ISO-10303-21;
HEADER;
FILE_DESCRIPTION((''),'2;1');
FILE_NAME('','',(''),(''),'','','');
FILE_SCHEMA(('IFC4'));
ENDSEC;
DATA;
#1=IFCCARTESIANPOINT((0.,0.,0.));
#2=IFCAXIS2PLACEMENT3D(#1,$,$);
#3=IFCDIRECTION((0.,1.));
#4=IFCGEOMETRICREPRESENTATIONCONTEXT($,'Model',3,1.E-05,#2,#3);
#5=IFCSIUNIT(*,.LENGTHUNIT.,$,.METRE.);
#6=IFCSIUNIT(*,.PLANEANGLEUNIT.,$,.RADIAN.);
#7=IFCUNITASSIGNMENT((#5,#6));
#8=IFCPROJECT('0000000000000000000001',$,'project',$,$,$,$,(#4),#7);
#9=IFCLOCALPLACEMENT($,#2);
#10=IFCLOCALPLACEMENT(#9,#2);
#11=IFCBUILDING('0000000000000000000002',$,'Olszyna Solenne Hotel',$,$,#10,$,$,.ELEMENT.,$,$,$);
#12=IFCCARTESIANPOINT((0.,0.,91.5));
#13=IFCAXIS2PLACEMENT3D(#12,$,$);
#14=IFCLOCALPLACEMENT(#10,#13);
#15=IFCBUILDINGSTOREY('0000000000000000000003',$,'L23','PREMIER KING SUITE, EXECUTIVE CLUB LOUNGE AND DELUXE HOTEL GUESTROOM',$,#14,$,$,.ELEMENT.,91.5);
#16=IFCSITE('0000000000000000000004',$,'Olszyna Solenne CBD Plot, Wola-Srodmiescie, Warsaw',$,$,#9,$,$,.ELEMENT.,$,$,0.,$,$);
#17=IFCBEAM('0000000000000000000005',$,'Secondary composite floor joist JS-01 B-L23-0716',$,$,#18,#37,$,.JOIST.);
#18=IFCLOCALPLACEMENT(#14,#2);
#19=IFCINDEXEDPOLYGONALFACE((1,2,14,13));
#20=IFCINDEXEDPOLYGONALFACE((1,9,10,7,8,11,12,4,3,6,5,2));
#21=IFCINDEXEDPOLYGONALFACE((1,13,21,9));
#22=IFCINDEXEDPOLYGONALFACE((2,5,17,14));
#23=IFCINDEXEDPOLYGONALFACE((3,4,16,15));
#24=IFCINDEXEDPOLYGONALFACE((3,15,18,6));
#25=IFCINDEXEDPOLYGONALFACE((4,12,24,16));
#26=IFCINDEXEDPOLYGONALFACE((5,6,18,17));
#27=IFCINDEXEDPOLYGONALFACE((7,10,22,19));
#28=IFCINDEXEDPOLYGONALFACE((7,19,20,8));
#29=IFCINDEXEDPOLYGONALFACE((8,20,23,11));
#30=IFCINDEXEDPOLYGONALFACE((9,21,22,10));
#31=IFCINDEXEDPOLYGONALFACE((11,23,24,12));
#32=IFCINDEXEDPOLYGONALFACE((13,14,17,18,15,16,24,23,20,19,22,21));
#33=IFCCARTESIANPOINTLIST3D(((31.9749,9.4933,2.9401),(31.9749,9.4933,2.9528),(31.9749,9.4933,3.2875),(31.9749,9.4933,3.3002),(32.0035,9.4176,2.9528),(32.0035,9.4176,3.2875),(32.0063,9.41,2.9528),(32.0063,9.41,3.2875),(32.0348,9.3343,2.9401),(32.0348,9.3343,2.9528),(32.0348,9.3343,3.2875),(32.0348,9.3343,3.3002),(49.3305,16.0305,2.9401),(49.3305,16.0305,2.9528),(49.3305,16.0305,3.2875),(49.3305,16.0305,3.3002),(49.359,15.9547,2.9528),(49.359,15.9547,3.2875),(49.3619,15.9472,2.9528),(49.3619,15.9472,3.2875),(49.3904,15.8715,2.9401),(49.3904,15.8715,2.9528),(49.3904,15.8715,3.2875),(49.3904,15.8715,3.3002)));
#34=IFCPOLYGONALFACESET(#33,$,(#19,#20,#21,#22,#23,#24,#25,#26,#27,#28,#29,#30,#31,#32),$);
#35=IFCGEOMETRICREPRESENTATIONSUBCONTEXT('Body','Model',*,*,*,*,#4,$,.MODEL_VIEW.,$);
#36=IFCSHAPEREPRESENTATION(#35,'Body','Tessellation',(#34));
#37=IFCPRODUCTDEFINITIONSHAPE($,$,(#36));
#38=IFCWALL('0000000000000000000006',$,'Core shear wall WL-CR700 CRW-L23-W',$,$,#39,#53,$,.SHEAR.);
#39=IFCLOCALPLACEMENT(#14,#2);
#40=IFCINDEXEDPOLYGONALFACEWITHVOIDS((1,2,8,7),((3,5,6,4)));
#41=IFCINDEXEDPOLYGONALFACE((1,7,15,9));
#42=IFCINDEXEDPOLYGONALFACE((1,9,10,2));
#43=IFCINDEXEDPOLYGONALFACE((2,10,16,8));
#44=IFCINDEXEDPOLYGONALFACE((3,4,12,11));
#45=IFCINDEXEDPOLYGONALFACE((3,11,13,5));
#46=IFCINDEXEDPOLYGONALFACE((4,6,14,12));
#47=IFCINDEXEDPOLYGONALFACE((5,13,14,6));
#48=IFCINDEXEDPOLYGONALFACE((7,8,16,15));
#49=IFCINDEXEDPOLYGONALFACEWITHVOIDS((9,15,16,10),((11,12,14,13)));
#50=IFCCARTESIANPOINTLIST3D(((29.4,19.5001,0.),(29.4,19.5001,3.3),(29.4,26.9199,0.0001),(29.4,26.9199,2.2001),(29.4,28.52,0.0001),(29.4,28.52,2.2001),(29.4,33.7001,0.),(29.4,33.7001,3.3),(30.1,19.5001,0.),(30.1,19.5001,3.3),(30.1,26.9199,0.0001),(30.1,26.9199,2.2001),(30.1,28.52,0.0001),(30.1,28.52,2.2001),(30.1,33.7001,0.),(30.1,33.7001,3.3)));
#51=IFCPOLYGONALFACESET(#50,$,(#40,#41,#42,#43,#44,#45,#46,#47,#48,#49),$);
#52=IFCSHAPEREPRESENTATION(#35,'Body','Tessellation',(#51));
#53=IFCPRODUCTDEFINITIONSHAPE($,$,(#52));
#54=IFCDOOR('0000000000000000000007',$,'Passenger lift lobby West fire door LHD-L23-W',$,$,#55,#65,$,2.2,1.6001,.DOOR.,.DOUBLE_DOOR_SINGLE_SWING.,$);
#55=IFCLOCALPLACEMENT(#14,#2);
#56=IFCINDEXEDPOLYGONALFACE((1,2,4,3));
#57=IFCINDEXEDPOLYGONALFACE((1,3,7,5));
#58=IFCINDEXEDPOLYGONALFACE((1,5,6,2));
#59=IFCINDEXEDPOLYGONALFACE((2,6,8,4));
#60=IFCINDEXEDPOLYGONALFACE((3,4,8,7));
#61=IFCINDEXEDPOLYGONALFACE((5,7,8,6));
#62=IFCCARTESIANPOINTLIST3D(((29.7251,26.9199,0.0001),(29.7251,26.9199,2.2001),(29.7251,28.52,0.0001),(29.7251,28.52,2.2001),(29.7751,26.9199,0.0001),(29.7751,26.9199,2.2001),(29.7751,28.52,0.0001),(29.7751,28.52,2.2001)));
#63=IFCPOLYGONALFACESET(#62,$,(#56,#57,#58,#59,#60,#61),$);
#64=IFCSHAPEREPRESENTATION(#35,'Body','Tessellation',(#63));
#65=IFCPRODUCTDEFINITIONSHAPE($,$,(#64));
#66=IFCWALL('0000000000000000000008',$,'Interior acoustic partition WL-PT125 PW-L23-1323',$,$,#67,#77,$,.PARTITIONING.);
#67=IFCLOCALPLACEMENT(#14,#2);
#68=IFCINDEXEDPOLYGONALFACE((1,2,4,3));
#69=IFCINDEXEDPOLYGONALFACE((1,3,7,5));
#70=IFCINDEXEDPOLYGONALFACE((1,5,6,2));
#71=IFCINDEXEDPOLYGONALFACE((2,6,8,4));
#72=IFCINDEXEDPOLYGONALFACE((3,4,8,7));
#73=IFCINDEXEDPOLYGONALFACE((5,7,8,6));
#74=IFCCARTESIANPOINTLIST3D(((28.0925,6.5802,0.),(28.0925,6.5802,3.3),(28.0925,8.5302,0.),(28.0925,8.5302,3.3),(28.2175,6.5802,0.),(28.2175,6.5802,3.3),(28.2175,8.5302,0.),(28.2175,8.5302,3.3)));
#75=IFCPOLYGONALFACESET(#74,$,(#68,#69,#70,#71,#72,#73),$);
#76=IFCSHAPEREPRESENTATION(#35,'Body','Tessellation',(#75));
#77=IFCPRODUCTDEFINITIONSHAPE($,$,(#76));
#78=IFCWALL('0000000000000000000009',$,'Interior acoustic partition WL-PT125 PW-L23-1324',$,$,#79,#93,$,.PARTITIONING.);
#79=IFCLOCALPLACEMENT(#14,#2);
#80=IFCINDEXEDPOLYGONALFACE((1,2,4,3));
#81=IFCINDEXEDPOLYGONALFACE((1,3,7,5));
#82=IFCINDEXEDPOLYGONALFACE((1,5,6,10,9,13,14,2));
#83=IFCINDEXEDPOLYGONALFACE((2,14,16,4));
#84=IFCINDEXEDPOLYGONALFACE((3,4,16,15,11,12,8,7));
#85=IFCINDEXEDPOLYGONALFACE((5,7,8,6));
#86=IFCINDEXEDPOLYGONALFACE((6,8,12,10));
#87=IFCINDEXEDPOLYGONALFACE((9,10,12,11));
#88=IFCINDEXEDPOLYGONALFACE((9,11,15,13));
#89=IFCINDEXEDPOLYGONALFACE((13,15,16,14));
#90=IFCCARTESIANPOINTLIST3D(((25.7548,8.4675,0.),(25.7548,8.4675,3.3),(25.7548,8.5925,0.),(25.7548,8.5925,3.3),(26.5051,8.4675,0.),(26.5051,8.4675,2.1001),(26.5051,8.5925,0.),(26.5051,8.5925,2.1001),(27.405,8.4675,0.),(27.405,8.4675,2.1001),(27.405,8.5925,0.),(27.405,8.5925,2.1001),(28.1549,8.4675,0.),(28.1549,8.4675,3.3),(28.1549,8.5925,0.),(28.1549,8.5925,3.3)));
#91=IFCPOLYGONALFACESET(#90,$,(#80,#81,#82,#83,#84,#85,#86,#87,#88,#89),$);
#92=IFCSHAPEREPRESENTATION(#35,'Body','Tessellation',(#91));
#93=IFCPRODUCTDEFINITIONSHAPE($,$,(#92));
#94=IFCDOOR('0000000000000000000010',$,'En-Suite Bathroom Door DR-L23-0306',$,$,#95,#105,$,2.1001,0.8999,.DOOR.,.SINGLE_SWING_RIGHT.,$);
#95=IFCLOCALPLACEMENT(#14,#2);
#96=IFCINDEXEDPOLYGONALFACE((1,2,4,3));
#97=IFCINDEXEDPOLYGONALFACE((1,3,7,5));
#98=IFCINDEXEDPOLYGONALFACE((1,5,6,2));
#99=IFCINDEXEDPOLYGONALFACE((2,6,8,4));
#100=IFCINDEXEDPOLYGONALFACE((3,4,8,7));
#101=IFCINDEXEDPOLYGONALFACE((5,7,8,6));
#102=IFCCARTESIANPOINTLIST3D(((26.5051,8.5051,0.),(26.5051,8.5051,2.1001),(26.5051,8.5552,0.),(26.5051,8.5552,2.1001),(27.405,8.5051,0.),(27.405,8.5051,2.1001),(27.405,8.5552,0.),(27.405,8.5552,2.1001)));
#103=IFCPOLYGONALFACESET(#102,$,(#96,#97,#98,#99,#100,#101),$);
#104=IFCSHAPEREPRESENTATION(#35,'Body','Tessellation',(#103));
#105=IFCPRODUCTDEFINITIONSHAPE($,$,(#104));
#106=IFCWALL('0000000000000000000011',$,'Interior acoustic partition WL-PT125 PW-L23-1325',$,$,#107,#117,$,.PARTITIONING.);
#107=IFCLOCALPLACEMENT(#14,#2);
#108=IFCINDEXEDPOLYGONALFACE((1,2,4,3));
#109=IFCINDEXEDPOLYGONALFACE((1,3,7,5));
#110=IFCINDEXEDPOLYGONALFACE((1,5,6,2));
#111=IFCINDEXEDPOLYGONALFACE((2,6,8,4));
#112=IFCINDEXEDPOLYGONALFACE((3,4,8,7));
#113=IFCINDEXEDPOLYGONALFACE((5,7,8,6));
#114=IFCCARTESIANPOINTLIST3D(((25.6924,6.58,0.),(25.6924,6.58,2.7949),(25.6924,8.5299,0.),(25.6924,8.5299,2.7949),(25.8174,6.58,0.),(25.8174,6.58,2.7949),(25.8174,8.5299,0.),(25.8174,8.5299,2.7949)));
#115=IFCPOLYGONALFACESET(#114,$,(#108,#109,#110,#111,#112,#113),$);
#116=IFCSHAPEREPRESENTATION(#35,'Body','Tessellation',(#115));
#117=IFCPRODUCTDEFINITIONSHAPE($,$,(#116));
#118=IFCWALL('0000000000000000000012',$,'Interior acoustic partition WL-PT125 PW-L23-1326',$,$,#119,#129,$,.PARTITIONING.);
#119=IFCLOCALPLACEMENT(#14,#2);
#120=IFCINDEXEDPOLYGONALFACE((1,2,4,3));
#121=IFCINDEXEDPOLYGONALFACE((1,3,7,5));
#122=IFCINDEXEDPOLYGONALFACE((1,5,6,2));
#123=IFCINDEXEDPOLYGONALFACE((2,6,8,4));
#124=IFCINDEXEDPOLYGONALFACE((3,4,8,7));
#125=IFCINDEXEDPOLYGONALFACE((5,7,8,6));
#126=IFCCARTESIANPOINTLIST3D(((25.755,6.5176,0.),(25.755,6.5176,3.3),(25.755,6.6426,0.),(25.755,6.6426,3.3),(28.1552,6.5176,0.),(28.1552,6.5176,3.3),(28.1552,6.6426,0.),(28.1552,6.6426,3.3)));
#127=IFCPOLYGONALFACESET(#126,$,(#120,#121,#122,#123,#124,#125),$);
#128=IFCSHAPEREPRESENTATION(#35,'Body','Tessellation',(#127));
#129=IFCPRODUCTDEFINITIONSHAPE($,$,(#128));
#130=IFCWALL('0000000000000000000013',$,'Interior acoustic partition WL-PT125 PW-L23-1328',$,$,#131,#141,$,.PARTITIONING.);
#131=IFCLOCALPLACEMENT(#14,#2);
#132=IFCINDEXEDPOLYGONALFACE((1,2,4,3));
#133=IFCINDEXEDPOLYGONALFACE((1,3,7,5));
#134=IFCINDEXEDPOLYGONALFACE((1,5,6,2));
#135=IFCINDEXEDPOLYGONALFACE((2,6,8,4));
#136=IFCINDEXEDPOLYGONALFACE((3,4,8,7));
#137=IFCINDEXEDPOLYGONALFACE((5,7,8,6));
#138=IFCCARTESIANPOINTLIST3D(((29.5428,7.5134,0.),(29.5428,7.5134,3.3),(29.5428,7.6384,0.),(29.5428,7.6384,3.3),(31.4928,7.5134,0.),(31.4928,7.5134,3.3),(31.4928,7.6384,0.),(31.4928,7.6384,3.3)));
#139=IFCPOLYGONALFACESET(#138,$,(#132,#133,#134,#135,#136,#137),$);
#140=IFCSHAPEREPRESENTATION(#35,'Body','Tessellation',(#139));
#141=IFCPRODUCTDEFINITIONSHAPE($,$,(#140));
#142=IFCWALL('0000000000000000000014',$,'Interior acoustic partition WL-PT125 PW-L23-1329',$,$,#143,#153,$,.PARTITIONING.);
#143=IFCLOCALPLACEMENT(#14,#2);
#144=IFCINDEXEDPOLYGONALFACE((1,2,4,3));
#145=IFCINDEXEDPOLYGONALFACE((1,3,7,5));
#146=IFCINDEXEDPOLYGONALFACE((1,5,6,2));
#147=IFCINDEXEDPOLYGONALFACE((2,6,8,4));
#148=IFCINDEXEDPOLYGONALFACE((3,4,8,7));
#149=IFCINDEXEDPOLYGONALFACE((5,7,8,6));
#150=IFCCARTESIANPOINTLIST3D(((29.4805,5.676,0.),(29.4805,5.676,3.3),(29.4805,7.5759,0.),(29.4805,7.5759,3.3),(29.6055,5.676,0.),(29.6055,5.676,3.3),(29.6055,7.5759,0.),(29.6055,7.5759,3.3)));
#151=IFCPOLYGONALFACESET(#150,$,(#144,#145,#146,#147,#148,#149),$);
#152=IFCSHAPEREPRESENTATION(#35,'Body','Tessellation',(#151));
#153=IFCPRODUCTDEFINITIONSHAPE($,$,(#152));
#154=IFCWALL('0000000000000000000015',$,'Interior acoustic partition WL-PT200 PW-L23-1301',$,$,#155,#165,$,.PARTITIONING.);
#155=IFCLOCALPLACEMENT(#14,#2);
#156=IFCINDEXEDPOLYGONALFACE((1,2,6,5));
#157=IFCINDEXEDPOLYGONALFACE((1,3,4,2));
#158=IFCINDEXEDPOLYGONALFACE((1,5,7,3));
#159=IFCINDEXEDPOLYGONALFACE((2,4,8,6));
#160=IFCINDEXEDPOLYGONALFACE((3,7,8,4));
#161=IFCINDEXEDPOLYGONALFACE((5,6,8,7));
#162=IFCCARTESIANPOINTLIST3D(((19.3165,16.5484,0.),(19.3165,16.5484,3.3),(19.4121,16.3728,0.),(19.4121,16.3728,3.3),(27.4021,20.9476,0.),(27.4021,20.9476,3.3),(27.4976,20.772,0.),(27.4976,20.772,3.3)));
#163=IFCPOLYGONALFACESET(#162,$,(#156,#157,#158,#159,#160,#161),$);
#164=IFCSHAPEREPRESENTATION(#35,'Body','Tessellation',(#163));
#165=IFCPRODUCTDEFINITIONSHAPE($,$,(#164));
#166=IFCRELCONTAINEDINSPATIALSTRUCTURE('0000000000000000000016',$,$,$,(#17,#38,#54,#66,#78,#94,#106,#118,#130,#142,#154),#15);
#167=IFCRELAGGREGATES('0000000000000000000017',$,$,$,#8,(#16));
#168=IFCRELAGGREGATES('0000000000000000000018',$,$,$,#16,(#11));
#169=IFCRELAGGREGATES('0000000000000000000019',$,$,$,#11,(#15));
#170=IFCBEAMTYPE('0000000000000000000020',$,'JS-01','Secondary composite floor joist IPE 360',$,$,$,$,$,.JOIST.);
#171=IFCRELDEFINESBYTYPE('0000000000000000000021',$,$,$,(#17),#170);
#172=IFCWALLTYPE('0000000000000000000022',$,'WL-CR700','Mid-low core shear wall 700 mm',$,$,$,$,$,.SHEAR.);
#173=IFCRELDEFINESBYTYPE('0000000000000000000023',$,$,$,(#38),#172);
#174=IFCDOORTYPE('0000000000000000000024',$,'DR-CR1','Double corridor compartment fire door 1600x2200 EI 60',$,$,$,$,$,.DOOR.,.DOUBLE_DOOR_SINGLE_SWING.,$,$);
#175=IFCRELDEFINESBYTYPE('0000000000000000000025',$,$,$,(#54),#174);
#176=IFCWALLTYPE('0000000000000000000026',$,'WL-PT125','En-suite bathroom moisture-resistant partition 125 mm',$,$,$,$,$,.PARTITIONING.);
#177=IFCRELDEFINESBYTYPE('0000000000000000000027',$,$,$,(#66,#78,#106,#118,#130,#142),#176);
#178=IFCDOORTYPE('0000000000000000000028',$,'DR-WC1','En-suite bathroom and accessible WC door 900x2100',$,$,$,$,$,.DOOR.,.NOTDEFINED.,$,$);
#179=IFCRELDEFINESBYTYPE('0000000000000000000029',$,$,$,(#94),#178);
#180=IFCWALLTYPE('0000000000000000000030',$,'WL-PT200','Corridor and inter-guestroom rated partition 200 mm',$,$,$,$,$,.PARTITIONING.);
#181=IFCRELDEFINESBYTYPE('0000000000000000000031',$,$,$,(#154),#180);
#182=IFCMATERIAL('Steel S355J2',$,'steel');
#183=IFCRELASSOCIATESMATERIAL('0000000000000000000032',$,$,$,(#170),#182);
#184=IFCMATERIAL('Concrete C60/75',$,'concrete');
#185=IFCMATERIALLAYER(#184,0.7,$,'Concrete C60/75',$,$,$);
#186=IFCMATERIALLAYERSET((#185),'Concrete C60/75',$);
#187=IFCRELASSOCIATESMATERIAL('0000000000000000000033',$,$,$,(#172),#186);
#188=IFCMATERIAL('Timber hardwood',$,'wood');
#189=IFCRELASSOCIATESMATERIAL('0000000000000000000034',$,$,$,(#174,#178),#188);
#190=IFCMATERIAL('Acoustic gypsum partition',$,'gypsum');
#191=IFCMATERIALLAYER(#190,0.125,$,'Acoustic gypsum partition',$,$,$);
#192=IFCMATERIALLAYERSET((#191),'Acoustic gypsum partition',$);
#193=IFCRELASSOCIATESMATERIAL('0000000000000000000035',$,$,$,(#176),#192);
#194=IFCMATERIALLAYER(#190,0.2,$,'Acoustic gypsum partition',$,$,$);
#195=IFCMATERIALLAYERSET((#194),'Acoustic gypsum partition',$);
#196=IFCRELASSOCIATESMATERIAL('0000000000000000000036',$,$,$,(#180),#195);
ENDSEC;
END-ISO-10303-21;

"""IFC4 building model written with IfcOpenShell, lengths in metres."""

from ifc_helpers import new_model, si_unit, direction, frame, frame_2d, origin, origin_2d, place, context, subcontext, project, spatial, rectangle, i_section, extrude, source, transform, mapped, material, layer, layer_set, material_profile, profile_set, type_object, type_shapes, element, fill, save


model = new_model("IFC4")

# Units and contexts
model_context = context("Model", 3, precision=1e-05, world=origin(), true_north=direction((0.0, 1.0)))
body_context = subcontext(model_context, "Body", "Model", "MODEL_VIEW")
ifc_project = project(units=[si_unit("LENGTHUNIT", "METRE"), si_unit("PLANEANGLEUNIT", "RADIAN")], contexts=[model_context])

# Site, building, storey
site_placement = place(None, origin())
site = spatial("IfcSite", under=ifc_project, at=site_placement, Name="Olszyna Solenne CBD Plot, Wola-Srodmiescie, Warsaw", CompositionType="ELEMENT", RefElevation=0.0)
building_placement = place(site_placement, origin())
building = spatial("IfcBuilding", under=site, at=building_placement, Name="Olszyna Solenne Hotel", CompositionType="ELEMENT")
storey_placement = place(building_placement, frame((0.0, 0.0, 91.5)))
storey = spatial("IfcBuildingStorey", under=building, at=storey_placement, Name="L23", Description="PREMIER KING SUITE, EXECUTIVE CLUB LOUNGE AND DELUXE HOTEL GUESTROOM", CompositionType="ELEMENT", Elevation=91.5)

# Beam
ifc_material_1 = material(Name="Steel S355J2", Category="steel")
ifc_material_profile = material_profile(ifc_material_1, i_section(OverallWidth=0.1699, OverallDepth=0.3601, WebThickness=0.0081, FlangeThickness=0.0127, at=origin_2d()), Name="IPE 360", Category="load-bearing")
ifc_profile_set = profile_set([ifc_material_profile], Name="Steel S355J2")
beam_type = type_object("IfcBeamType", Name="JS-01", Description="Secondary composite floor joist IPE 360", PredefinedType="JOIST", material=ifc_profile_set)
shared_shape_1 = source(origin(), body_context, "Body", "SweptSolid", [
    extrude(i_section(OverallWidth=0.1699, OverallDepth=0.3601, WebThickness=0.0081, FlangeThickness=0.0127, at=origin_2d()), origin(), (0.0, 0.0, 1.0), 18.5459),
])
beam_placement = place(storey_placement, frame((32.0049, 9.4138, 3.1201), z_axis=(0.935817, 0.352485, 0.0), x_axis=(-0.352485, 0.935817, 0.0)))
element("IfcBeam", 1, at=beam_placement, inside=storey, type_object=beam_type, Name="Secondary composite floor joist JS-01 B-L23-0716", PredefinedType="JOIST", context=body_context, shape_type="MappedRepresentation", body=[
    mapped(shared_shape_1, transform((0.0, 0.0, 0.0), x_axis=(1.0, 0.0, 0.0), y_axis=(0.0, 1.0, 0.0), z_axis=(0.0, 0.0, 1.0), scale=1.0)),
])

# Wall, opening, door
ifc_material_2 = material(Name="Concrete C60/75", Category="concrete")
ifc_layer_1 = layer(ifc_material_2, 0.7, Name="Concrete C60/75")
ifc_layer_set_1 = layer_set([ifc_layer_1], Name="Concrete C60/75")
wall_type_1 = type_object("IfcWallType", Name="WL-CR700", Description="Mid-low core shear wall 700 mm", PredefinedType="SHEAR", material=ifc_layer_set_1)
wall_1_placement = place(storey_placement, frame((29.75, 19.5, 0.0), z_axis=(0.0, 0.0, 1.0), x_axis=(0.0, 1.0, 0.0)))
wall_1 = element("IfcWall", 2, at=wall_1_placement, inside=storey, type_object=wall_type_1, Name="Core shear wall WL-CR700 CRW-L23-W", PredefinedType="SHEAR", context=body_context, shape_type="SweptSolid", body=[
    extrude(rectangle(XDim=14.2, YDim=0.7, at=frame_2d((7.1001, 0.0))), origin(), (0.0, 0.0, 1.0), 3.3),
])
opening_1_placement = place(wall_1_placement, frame((7.4199, 0.0, 0.0)))
opening_1 = element("IfcOpeningElement", 3, at=opening_1_placement, cuts=wall_1, PredefinedType="OPENING", context=body_context, shape_type="SweptSolid", body=[
    extrude(rectangle(XDim=1.6001, YDim=2.2, at=frame_2d((0.8, 1.1001))), frame((0.0, 0.3599, 0.0), z_axis=(0.0, -1.0, 0.0), x_axis=(1.0, 0.0, 0.0)), (0.0, 0.0, 1.0), 0.72),
])
ifc_material_3 = material(Name="Timber hardwood", Category="wood")
door_type_1 = type_object("IfcDoorType", Name="DR-CR1", Description="Double corridor compartment fire door 1600x2200 EI 60", OperationType="DOUBLE_DOOR_SINGLE_SWING", PredefinedType="DOOR", material=ifc_material_3)
shared_shape_2 = source(origin(), body_context, "Body", "SweptSolid", [
    extrude(rectangle(XDim=1.6001, YDim=2.2, at=frame_2d((0.8, 1.1001))), frame((0.0, 0.0249, 0.0), z_axis=(0.0, -1.0, 0.0), x_axis=(1.0, 0.0, 0.0)), (0.0, 0.0, 1.0), 0.05),
])
type_shapes(door_type_1, [shared_shape_2])
door_1_placement = place(opening_1_placement, origin())
door_1 = element("IfcDoor", 4, at=door_1_placement, inside=storey, type_object=door_type_1, Name="Passenger lift lobby West fire door LHD-L23-W", OperationType="DOUBLE_DOOR_SINGLE_SWING", OverallHeight=2.2, OverallWidth=1.6001, PredefinedType="DOOR", context=body_context, shape_type="MappedRepresentation", body=[
    mapped(shared_shape_2, transform((0.0, 0.0, 0.0), x_axis=(1.0, 0.0, 0.0), y_axis=(0.0, 1.0, 0.0), z_axis=(0.0, 0.0, 1.0), scale=1.0)),
])
fill(opening_1, door_1)

# Wall
ifc_material_4 = material(Name="Acoustic gypsum partition", Category="gypsum")
ifc_layer_2 = layer(ifc_material_4, 0.125, Name="Acoustic gypsum partition")
ifc_layer_set_2 = layer_set([ifc_layer_2], Name="Acoustic gypsum partition")
wall_type_2 = type_object("IfcWallType", Name="WL-PT125", Description="En-suite bathroom moisture-resistant partition 125 mm", PredefinedType="PARTITIONING", material=ifc_layer_set_2)
wall_2_placement = place(storey_placement, frame((28.155, 6.5801, 0.0), z_axis=(0.0, 0.0, 1.0), x_axis=(0.0, 1.0, 0.0)))
element("IfcWall", 5, at=wall_2_placement, inside=storey, type_object=wall_type_2, Name="Interior acoustic partition WL-PT125 PW-L23-1323", PredefinedType="PARTITIONING", context=body_context, shape_type="SweptSolid", body=[
    extrude(rectangle(XDim=1.95, YDim=0.125, at=frame_2d((0.9751, 0.0))), origin(), (0.0, 0.0, 1.0), 3.3),
])

# Wall, opening, door
wall_3_placement = place(storey_placement, frame((28.155, 8.53, 0.0), z_axis=(0.0, 0.0, 1.0), x_axis=(-1.0, 0.0, 0.0)))
wall_3 = element("IfcWall", 6, at=wall_3_placement, inside=storey, type_object=wall_type_2, Name="Interior acoustic partition WL-PT125 PW-L23-1324", PredefinedType="PARTITIONING", context=body_context, shape_type="SweptSolid", body=[
    extrude(rectangle(XDim=2.4001, YDim=0.125, at=frame_2d((1.2002, 0.0))), origin(), (0.0, 0.0, 1.0), 3.3),
])
opening_2_placement = place(wall_3_placement, frame((0.75, 0.0, 0.0)))
opening_2 = element("IfcOpeningElement", 7, at=opening_2_placement, cuts=wall_3, PredefinedType="OPENING", context=body_context, shape_type="SweptSolid", body=[
    extrude(rectangle(XDim=0.8999, YDim=2.1001, at=frame_2d((0.45, 1.05))), frame((0.0, 0.0725, 0.0), z_axis=(0.0, -1.0, 0.0), x_axis=(1.0, 0.0, 0.0)), (0.0, 0.0, 1.0), 0.145),
])
door_type_2 = type_object("IfcDoorType", Name="DR-WC1", Description="En-suite bathroom and accessible WC door 900x2100", OperationType="NOTDEFINED", PredefinedType="DOOR", material=ifc_material_3)
shared_shape_3 = source(origin(), body_context, "Body", "SweptSolid", [
    extrude(rectangle(XDim=0.8999, YDim=2.1001, at=frame_2d((0.45, 1.05))), frame((0.0, 0.0249, 0.0), z_axis=(0.0, -1.0, 0.0), x_axis=(1.0, 0.0, 0.0)), (0.0, 0.0, 1.0), 0.05),
])
type_shapes(door_type_2, [shared_shape_3])
door_2_placement = place(opening_2_placement, origin())
door_2 = element("IfcDoor", 8, at=door_2_placement, inside=storey, type_object=door_type_2, Name="En-Suite Bathroom Door DR-L23-0306", OperationType="SINGLE_SWING_RIGHT", OverallHeight=2.1001, OverallWidth=0.8999, PredefinedType="DOOR", context=body_context, shape_type="MappedRepresentation", body=[
    mapped(shared_shape_3, transform((0.0, 0.0, 0.0), x_axis=(1.0, 0.0, 0.0), y_axis=(0.0, 1.0, 0.0), z_axis=(0.0, 0.0, 1.0), scale=1.0)),
])
fill(opening_2, door_2)

# Walls
wall_4_placement = place(storey_placement, frame((25.7549, 8.53, 0.0), z_axis=(0.0, 0.0, 1.0), x_axis=(0.0, -1.0, 0.0)))
element("IfcWall", 9, at=wall_4_placement, inside=storey, type_object=wall_type_2, Name="Interior acoustic partition WL-PT125 PW-L23-1325", PredefinedType="PARTITIONING", context=body_context, shape_type="SweptSolid", body=[
    extrude(rectangle(XDim=1.95, YDim=0.125, at=frame_2d((0.9751, 0.0))), origin(), (0.0, 0.0, 1.0), 2.7949),
])
wall_5_placement = place(storey_placement, frame((25.7549, 6.5801, 0.0), z_axis=(0.0, 0.0, 1.0), x_axis=(1.0, 0.0, 0.0)))
element("IfcWall", 10, at=wall_5_placement, inside=storey, type_object=wall_type_2, Name="Interior acoustic partition WL-PT125 PW-L23-1326", PredefinedType="PARTITIONING", context=body_context, shape_type="SweptSolid", body=[
    extrude(rectangle(XDim=2.4001, YDim=0.125, at=frame_2d((1.2002, 0.0))), origin(), (0.0, 0.0, 1.0), 3.3),
])
wall_6_placement = place(storey_placement, frame((31.4929, 7.5759, 0.0), z_axis=(0.0, 0.0, 1.0), x_axis=(-1.0, 0.0, 0.0)))
element("IfcWall", 11, at=wall_6_placement, inside=storey, type_object=wall_type_2, Name="Interior acoustic partition WL-PT125 PW-L23-1328", PredefinedType="PARTITIONING", context=body_context, shape_type="SweptSolid", body=[
    extrude(rectangle(XDim=1.95, YDim=0.125, at=frame_2d((0.9751, 0.0))), origin(), (0.0, 0.0, 1.0), 3.3),
])
wall_7_placement = place(storey_placement, frame((29.543, 7.5759, 0.0), z_axis=(0.0, 0.0, 1.0), x_axis=(0.0, -1.0, 0.0)))
element("IfcWall", 12, at=wall_7_placement, inside=storey, type_object=wall_type_2, Name="Interior acoustic partition WL-PT125 PW-L23-1329", PredefinedType="PARTITIONING", context=body_context, shape_type="SweptSolid", body=[
    extrude(rectangle(XDim=1.8999, YDim=0.125, at=frame_2d((0.95, 0.0))), origin(), (0.0, 0.0, 1.0), 3.3),
])
ifc_layer_3 = layer(ifc_material_4, 0.2, Name="Acoustic gypsum partition")
ifc_layer_set_3 = layer_set([ifc_layer_3], Name="Acoustic gypsum partition")
wall_type_3 = type_object("IfcWallType", Name="WL-PT200", Description="Corridor and inter-guestroom rated partition 200 mm", PredefinedType="PARTITIONING", material=ifc_layer_set_3)
wall_8_placement = place(storey_placement, frame((27.45, 20.8599, 0.0), z_axis=(0.0, 0.0, 1.0), x_axis=(-0.878401, -0.477925, 0.0)))
element("IfcWall", 13, at=wall_8_placement, inside=storey, type_object=wall_type_3, Name="Interior acoustic partition WL-PT200 PW-L23-1301", PredefinedType="PARTITIONING", context=body_context, shape_type="SweptSolid", body=[
    extrude(rectangle(XDim=9.2048, YDim=0.2, at=frame_2d((4.6025, 0.0))), origin(), (0.0, 0.0, 1.0), 3.3),
])

save(model, "model.ifc")
